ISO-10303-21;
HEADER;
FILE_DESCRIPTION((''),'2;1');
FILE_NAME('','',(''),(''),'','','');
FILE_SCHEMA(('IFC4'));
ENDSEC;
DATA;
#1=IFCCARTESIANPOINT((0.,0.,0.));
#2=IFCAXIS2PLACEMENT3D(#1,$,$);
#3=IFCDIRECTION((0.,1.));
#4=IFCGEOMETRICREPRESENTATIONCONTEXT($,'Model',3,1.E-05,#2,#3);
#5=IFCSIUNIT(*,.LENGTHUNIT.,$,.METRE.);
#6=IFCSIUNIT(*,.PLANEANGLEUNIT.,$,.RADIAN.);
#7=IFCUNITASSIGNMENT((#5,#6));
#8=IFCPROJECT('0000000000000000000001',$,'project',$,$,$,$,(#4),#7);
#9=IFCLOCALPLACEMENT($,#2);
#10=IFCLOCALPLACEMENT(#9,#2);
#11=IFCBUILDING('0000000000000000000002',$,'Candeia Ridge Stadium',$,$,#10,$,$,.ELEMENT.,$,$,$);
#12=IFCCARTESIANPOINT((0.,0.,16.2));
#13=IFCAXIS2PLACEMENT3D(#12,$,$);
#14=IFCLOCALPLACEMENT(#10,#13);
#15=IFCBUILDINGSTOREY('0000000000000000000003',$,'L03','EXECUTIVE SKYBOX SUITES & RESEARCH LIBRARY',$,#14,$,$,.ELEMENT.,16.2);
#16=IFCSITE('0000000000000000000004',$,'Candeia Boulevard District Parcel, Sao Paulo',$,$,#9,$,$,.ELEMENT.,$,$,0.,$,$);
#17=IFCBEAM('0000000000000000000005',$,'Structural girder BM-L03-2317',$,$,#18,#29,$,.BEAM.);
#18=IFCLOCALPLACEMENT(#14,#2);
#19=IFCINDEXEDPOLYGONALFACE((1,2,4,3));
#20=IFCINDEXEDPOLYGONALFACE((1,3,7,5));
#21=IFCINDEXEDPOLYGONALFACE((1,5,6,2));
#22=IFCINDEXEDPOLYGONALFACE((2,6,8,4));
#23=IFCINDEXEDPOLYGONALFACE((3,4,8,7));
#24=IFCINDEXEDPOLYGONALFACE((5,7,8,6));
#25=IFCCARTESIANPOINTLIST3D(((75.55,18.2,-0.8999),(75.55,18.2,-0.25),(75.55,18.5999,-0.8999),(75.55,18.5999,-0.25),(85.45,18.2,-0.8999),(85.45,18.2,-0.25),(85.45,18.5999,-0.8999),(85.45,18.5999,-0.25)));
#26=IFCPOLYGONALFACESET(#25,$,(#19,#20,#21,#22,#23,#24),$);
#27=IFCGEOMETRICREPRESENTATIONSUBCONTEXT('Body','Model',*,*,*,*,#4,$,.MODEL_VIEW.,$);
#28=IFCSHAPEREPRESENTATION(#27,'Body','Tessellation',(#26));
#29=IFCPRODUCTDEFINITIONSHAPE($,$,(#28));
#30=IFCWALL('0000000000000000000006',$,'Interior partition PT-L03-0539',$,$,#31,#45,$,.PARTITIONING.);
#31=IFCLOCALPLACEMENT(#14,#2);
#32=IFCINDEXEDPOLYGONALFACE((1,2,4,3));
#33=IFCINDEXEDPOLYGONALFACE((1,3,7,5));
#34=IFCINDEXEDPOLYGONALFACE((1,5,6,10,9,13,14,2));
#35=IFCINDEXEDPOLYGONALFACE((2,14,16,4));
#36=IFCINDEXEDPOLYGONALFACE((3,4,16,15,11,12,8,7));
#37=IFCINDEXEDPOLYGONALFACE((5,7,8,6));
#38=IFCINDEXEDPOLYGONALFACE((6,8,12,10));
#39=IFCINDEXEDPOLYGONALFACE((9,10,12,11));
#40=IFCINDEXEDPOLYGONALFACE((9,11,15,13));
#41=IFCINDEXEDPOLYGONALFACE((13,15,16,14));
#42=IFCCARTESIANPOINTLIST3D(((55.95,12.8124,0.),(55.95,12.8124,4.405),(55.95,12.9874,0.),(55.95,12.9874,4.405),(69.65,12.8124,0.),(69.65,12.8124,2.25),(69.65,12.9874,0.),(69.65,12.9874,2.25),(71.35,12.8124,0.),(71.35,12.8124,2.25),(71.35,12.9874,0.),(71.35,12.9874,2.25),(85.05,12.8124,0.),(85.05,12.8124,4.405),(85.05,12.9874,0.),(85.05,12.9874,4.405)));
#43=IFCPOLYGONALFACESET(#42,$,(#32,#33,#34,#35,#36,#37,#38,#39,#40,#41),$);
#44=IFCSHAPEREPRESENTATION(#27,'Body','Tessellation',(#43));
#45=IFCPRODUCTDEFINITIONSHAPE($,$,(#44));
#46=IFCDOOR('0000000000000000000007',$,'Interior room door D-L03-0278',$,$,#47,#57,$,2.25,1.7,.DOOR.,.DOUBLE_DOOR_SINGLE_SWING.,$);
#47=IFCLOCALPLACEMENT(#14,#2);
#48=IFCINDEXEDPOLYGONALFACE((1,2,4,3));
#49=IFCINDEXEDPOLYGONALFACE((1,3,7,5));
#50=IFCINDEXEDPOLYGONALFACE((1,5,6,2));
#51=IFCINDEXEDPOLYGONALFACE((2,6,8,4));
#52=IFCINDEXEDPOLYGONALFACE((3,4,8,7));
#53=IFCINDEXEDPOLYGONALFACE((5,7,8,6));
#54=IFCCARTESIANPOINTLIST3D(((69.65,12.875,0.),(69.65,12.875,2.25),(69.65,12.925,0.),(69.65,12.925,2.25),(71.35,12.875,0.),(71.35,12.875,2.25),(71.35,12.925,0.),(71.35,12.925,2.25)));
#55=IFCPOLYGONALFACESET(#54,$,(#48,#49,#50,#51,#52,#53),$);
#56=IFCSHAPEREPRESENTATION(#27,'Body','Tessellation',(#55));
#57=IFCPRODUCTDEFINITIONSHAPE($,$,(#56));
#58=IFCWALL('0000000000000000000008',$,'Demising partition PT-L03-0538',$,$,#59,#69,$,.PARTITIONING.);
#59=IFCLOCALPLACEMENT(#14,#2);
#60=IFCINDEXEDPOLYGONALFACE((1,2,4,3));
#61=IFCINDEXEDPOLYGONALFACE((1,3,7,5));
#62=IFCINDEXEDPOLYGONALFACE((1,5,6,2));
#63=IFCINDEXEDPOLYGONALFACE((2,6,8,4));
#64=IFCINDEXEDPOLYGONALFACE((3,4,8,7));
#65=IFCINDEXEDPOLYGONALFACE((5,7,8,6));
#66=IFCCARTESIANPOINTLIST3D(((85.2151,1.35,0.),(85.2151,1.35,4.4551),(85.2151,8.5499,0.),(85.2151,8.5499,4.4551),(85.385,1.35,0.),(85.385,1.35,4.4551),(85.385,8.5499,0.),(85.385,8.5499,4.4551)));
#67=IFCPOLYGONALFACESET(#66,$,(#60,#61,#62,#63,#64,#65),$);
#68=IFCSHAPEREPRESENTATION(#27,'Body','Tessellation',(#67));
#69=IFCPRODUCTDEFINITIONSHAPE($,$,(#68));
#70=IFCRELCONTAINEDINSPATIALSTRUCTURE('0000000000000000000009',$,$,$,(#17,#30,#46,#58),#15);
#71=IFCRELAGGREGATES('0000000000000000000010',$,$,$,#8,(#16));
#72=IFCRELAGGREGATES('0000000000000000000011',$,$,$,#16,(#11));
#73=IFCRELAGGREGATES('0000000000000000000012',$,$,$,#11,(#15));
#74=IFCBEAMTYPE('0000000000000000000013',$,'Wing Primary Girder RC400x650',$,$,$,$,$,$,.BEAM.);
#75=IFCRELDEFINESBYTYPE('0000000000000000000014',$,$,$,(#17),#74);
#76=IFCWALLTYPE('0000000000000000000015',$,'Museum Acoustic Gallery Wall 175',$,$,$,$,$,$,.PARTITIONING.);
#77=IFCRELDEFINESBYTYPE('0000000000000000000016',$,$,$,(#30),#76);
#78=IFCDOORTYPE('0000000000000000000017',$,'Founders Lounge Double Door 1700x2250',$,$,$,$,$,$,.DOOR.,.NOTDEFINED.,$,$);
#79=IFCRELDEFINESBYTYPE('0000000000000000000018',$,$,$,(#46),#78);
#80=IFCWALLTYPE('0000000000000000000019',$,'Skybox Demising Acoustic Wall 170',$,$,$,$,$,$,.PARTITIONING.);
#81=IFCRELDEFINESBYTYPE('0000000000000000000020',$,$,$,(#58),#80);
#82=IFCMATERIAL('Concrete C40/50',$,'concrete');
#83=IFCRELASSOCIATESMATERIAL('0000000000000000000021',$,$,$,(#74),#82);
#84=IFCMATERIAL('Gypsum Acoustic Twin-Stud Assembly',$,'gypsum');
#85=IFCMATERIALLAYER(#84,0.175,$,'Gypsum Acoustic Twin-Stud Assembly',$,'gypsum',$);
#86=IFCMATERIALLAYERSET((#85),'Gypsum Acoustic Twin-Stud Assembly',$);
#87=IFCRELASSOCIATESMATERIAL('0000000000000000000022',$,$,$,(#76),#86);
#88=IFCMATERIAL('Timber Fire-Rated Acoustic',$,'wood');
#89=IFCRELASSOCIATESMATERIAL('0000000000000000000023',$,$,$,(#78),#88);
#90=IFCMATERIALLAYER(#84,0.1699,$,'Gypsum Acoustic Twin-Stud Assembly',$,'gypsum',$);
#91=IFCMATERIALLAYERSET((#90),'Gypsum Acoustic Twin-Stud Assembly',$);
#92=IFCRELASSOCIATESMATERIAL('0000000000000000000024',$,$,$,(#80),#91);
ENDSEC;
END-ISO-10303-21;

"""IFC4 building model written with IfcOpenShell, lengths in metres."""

from ifc_helpers import new_model, si_unit, direction, frame, frame_2d, origin, origin_2d, place, context, subcontext, project, spatial, rectangle, extrude, material, layer, layer_set, material_profile, profile_set, type_object, element, fill, save


model = new_model("IFC4")

# Units and contexts
model_context = context("Model", 3, precision=1e-05, world=origin(), true_north=direction((0.0, 1.0)))
body_context = subcontext(model_context, "Body", "Model", "MODEL_VIEW")
ifc_project = project(units=[si_unit("LENGTHUNIT", "METRE"), si_unit("PLANEANGLEUNIT", "RADIAN")], contexts=[model_context])

# Site, building, storey
site_placement = place(None, origin())
site = spatial("IfcSite", under=ifc_project, at=site_placement, Name="Candeia Boulevard District Parcel, Sao Paulo", CompositionType="ELEMENT", RefElevation=0.0)
building_placement = place(site_placement, origin())
building = spatial("IfcBuilding", under=site, at=building_placement, Name="Candeia Ridge Stadium", CompositionType="ELEMENT")
storey_placement = place(building_placement, frame((0.0, 0.0, 16.2)))
storey = spatial("IfcBuildingStorey", under=building, at=storey_placement, Name="L03", Description="EXECUTIVE SKYBOX SUITES & RESEARCH LIBRARY", CompositionType="ELEMENT", Elevation=16.2)

# Shared definitions
ifc_material_1 = material(Name="Concrete C40/50", Category="concrete")

# Beam
ifc_material_profile_1 = material_profile(ifc_material_1, rectangle(XDim=0.3999, YDim=0.6499, at=origin_2d()), Name="RC400x650", Category="concrete")
ifc_profile_set_1 = profile_set([ifc_material_profile_1], Name="Concrete C40/50")
beam_type_1 = type_object("IfcBeamType", Name="Wing Primary Girder RC400x650", PredefinedType="BEAM", material=ifc_profile_set_1)
for number, where, z_axis, x_axis, name in (
    (1, (75.55, 18.3999, -0.575), (1.0, 0.0, 0.0), (0.0, 1.0, 0.0), "Structural girder BM-L03-2317"),
):
    element("IfcBeam", number, at=place(storey_placement, frame(where, z_axis=z_axis, x_axis=x_axis)), inside=storey, type_object=beam_type_1, Name=name, PredefinedType="BEAM", context=body_context, shape_type="SweptSolid", body=[
        extrude(rectangle(XDim=0.3999, YDim=0.6499, at=origin_2d()), origin(), (0.0, 0.0, 1.0), 9.8999),
    ])

# Wall, opening, door
ifc_material_2 = material(Name="Gypsum Acoustic Twin-Stud Assembly", Category="gypsum")
ifc_layer_1 = layer(ifc_material_2, 0.175, Name="Gypsum Acoustic Twin-Stud Assembly", Category="gypsum")
ifc_layer_set_1 = layer_set([ifc_layer_1], Name="Gypsum Acoustic Twin-Stud Assembly")
wall_type_1 = type_object("IfcWallType", Name="Museum Acoustic Gallery Wall 175", PredefinedType="PARTITIONING", material=ifc_layer_set_1)
wall_1_placement = place(storey_placement, frame((85.05, 12.8999, 0.0), z_axis=(0.0, 0.0, 1.0), x_axis=(-1.0, 0.0, 0.0)))
wall_1 = element("IfcWall", 2, at=wall_1_placement, inside=storey, type_object=wall_type_1, Name="Interior partition PT-L03-0539", PredefinedType="PARTITIONING", context=body_context, shape_type="SweptSolid", body=[
    extrude(rectangle(XDim=29.1001, YDim=0.175, at=frame_2d((14.55, 0.0))), origin(), (0.0, 0.0, 1.0), 4.405),
])
opening_placement = place(wall_1_placement, frame((13.7, 0.0, 0.0)))
opening = element("IfcOpeningElement", 3, at=opening_placement, cuts=wall_1, PredefinedType="OPENING", context=body_context, shape_type="SweptSolid", body=[
    extrude(rectangle(XDim=1.7, YDim=2.25, at=frame_2d((0.8501, 1.125))), frame((0.0, 0.0974, 0.0), z_axis=(0.0, -1.0, 0.0), x_axis=(1.0, 0.0, 0.0)), (0.0, 0.0, 1.0), 0.1951),
])
ifc_material_3 = material(Name="Timber Fire-Rated Acoustic", Category="wood")
door_type = type_object("IfcDoorType", Name="Founders Lounge Double Door 1700x2250", OperationType="NOTDEFINED", PredefinedType="DOOR", material=ifc_material_3)
door_placement = place(opening_placement, origin())
door = element("IfcDoor", 4, at=door_placement, inside=storey, type_object=door_type, Name="Interior room door D-L03-0278", OperationType="DOUBLE_DOOR_SINGLE_SWING", OverallHeight=2.25, OverallWidth=1.7, PredefinedType="DOOR", context=body_context, shape_type="SweptSolid", body=[
    extrude(rectangle(XDim=1.7, YDim=2.25, at=frame_2d((0.8501, 1.125))), frame((0.0, 0.0249, 0.0), z_axis=(0.0, -1.0, 0.0), x_axis=(1.0, 0.0, 0.0)), (0.0, 0.0, 1.0), 0.05),
])
fill(opening, door)

# Wall
ifc_layer_2 = layer(ifc_material_2, 0.1699, Name="Gypsum Acoustic Twin-Stud Assembly", Category="gypsum")
ifc_layer_set_2 = layer_set([ifc_layer_2], Name="Gypsum Acoustic Twin-Stud Assembly")
wall_type_2 = type_object("IfcWallType", Name="Skybox Demising Acoustic Wall 170", PredefinedType="PARTITIONING", material=ifc_layer_set_2)
wall_2_placement = place(storey_placement, frame((85.3, 8.55, 0.0), z_axis=(0.0, 0.0, 1.0), x_axis=(0.0, -1.0, 0.0)))
element("IfcWall", 5, at=wall_2_placement, inside=storey, type_object=wall_type_2, Name="Demising partition PT-L03-0538", PredefinedType="PARTITIONING", context=body_context, shape_type="SweptSolid", body=[
    extrude(rectangle(XDim=7.2, YDim=0.1699, at=frame_2d((3.6001, 0.0))), origin(), (0.0, 0.0, 1.0), 4.4551),
])

save(model, "model.ifc")
